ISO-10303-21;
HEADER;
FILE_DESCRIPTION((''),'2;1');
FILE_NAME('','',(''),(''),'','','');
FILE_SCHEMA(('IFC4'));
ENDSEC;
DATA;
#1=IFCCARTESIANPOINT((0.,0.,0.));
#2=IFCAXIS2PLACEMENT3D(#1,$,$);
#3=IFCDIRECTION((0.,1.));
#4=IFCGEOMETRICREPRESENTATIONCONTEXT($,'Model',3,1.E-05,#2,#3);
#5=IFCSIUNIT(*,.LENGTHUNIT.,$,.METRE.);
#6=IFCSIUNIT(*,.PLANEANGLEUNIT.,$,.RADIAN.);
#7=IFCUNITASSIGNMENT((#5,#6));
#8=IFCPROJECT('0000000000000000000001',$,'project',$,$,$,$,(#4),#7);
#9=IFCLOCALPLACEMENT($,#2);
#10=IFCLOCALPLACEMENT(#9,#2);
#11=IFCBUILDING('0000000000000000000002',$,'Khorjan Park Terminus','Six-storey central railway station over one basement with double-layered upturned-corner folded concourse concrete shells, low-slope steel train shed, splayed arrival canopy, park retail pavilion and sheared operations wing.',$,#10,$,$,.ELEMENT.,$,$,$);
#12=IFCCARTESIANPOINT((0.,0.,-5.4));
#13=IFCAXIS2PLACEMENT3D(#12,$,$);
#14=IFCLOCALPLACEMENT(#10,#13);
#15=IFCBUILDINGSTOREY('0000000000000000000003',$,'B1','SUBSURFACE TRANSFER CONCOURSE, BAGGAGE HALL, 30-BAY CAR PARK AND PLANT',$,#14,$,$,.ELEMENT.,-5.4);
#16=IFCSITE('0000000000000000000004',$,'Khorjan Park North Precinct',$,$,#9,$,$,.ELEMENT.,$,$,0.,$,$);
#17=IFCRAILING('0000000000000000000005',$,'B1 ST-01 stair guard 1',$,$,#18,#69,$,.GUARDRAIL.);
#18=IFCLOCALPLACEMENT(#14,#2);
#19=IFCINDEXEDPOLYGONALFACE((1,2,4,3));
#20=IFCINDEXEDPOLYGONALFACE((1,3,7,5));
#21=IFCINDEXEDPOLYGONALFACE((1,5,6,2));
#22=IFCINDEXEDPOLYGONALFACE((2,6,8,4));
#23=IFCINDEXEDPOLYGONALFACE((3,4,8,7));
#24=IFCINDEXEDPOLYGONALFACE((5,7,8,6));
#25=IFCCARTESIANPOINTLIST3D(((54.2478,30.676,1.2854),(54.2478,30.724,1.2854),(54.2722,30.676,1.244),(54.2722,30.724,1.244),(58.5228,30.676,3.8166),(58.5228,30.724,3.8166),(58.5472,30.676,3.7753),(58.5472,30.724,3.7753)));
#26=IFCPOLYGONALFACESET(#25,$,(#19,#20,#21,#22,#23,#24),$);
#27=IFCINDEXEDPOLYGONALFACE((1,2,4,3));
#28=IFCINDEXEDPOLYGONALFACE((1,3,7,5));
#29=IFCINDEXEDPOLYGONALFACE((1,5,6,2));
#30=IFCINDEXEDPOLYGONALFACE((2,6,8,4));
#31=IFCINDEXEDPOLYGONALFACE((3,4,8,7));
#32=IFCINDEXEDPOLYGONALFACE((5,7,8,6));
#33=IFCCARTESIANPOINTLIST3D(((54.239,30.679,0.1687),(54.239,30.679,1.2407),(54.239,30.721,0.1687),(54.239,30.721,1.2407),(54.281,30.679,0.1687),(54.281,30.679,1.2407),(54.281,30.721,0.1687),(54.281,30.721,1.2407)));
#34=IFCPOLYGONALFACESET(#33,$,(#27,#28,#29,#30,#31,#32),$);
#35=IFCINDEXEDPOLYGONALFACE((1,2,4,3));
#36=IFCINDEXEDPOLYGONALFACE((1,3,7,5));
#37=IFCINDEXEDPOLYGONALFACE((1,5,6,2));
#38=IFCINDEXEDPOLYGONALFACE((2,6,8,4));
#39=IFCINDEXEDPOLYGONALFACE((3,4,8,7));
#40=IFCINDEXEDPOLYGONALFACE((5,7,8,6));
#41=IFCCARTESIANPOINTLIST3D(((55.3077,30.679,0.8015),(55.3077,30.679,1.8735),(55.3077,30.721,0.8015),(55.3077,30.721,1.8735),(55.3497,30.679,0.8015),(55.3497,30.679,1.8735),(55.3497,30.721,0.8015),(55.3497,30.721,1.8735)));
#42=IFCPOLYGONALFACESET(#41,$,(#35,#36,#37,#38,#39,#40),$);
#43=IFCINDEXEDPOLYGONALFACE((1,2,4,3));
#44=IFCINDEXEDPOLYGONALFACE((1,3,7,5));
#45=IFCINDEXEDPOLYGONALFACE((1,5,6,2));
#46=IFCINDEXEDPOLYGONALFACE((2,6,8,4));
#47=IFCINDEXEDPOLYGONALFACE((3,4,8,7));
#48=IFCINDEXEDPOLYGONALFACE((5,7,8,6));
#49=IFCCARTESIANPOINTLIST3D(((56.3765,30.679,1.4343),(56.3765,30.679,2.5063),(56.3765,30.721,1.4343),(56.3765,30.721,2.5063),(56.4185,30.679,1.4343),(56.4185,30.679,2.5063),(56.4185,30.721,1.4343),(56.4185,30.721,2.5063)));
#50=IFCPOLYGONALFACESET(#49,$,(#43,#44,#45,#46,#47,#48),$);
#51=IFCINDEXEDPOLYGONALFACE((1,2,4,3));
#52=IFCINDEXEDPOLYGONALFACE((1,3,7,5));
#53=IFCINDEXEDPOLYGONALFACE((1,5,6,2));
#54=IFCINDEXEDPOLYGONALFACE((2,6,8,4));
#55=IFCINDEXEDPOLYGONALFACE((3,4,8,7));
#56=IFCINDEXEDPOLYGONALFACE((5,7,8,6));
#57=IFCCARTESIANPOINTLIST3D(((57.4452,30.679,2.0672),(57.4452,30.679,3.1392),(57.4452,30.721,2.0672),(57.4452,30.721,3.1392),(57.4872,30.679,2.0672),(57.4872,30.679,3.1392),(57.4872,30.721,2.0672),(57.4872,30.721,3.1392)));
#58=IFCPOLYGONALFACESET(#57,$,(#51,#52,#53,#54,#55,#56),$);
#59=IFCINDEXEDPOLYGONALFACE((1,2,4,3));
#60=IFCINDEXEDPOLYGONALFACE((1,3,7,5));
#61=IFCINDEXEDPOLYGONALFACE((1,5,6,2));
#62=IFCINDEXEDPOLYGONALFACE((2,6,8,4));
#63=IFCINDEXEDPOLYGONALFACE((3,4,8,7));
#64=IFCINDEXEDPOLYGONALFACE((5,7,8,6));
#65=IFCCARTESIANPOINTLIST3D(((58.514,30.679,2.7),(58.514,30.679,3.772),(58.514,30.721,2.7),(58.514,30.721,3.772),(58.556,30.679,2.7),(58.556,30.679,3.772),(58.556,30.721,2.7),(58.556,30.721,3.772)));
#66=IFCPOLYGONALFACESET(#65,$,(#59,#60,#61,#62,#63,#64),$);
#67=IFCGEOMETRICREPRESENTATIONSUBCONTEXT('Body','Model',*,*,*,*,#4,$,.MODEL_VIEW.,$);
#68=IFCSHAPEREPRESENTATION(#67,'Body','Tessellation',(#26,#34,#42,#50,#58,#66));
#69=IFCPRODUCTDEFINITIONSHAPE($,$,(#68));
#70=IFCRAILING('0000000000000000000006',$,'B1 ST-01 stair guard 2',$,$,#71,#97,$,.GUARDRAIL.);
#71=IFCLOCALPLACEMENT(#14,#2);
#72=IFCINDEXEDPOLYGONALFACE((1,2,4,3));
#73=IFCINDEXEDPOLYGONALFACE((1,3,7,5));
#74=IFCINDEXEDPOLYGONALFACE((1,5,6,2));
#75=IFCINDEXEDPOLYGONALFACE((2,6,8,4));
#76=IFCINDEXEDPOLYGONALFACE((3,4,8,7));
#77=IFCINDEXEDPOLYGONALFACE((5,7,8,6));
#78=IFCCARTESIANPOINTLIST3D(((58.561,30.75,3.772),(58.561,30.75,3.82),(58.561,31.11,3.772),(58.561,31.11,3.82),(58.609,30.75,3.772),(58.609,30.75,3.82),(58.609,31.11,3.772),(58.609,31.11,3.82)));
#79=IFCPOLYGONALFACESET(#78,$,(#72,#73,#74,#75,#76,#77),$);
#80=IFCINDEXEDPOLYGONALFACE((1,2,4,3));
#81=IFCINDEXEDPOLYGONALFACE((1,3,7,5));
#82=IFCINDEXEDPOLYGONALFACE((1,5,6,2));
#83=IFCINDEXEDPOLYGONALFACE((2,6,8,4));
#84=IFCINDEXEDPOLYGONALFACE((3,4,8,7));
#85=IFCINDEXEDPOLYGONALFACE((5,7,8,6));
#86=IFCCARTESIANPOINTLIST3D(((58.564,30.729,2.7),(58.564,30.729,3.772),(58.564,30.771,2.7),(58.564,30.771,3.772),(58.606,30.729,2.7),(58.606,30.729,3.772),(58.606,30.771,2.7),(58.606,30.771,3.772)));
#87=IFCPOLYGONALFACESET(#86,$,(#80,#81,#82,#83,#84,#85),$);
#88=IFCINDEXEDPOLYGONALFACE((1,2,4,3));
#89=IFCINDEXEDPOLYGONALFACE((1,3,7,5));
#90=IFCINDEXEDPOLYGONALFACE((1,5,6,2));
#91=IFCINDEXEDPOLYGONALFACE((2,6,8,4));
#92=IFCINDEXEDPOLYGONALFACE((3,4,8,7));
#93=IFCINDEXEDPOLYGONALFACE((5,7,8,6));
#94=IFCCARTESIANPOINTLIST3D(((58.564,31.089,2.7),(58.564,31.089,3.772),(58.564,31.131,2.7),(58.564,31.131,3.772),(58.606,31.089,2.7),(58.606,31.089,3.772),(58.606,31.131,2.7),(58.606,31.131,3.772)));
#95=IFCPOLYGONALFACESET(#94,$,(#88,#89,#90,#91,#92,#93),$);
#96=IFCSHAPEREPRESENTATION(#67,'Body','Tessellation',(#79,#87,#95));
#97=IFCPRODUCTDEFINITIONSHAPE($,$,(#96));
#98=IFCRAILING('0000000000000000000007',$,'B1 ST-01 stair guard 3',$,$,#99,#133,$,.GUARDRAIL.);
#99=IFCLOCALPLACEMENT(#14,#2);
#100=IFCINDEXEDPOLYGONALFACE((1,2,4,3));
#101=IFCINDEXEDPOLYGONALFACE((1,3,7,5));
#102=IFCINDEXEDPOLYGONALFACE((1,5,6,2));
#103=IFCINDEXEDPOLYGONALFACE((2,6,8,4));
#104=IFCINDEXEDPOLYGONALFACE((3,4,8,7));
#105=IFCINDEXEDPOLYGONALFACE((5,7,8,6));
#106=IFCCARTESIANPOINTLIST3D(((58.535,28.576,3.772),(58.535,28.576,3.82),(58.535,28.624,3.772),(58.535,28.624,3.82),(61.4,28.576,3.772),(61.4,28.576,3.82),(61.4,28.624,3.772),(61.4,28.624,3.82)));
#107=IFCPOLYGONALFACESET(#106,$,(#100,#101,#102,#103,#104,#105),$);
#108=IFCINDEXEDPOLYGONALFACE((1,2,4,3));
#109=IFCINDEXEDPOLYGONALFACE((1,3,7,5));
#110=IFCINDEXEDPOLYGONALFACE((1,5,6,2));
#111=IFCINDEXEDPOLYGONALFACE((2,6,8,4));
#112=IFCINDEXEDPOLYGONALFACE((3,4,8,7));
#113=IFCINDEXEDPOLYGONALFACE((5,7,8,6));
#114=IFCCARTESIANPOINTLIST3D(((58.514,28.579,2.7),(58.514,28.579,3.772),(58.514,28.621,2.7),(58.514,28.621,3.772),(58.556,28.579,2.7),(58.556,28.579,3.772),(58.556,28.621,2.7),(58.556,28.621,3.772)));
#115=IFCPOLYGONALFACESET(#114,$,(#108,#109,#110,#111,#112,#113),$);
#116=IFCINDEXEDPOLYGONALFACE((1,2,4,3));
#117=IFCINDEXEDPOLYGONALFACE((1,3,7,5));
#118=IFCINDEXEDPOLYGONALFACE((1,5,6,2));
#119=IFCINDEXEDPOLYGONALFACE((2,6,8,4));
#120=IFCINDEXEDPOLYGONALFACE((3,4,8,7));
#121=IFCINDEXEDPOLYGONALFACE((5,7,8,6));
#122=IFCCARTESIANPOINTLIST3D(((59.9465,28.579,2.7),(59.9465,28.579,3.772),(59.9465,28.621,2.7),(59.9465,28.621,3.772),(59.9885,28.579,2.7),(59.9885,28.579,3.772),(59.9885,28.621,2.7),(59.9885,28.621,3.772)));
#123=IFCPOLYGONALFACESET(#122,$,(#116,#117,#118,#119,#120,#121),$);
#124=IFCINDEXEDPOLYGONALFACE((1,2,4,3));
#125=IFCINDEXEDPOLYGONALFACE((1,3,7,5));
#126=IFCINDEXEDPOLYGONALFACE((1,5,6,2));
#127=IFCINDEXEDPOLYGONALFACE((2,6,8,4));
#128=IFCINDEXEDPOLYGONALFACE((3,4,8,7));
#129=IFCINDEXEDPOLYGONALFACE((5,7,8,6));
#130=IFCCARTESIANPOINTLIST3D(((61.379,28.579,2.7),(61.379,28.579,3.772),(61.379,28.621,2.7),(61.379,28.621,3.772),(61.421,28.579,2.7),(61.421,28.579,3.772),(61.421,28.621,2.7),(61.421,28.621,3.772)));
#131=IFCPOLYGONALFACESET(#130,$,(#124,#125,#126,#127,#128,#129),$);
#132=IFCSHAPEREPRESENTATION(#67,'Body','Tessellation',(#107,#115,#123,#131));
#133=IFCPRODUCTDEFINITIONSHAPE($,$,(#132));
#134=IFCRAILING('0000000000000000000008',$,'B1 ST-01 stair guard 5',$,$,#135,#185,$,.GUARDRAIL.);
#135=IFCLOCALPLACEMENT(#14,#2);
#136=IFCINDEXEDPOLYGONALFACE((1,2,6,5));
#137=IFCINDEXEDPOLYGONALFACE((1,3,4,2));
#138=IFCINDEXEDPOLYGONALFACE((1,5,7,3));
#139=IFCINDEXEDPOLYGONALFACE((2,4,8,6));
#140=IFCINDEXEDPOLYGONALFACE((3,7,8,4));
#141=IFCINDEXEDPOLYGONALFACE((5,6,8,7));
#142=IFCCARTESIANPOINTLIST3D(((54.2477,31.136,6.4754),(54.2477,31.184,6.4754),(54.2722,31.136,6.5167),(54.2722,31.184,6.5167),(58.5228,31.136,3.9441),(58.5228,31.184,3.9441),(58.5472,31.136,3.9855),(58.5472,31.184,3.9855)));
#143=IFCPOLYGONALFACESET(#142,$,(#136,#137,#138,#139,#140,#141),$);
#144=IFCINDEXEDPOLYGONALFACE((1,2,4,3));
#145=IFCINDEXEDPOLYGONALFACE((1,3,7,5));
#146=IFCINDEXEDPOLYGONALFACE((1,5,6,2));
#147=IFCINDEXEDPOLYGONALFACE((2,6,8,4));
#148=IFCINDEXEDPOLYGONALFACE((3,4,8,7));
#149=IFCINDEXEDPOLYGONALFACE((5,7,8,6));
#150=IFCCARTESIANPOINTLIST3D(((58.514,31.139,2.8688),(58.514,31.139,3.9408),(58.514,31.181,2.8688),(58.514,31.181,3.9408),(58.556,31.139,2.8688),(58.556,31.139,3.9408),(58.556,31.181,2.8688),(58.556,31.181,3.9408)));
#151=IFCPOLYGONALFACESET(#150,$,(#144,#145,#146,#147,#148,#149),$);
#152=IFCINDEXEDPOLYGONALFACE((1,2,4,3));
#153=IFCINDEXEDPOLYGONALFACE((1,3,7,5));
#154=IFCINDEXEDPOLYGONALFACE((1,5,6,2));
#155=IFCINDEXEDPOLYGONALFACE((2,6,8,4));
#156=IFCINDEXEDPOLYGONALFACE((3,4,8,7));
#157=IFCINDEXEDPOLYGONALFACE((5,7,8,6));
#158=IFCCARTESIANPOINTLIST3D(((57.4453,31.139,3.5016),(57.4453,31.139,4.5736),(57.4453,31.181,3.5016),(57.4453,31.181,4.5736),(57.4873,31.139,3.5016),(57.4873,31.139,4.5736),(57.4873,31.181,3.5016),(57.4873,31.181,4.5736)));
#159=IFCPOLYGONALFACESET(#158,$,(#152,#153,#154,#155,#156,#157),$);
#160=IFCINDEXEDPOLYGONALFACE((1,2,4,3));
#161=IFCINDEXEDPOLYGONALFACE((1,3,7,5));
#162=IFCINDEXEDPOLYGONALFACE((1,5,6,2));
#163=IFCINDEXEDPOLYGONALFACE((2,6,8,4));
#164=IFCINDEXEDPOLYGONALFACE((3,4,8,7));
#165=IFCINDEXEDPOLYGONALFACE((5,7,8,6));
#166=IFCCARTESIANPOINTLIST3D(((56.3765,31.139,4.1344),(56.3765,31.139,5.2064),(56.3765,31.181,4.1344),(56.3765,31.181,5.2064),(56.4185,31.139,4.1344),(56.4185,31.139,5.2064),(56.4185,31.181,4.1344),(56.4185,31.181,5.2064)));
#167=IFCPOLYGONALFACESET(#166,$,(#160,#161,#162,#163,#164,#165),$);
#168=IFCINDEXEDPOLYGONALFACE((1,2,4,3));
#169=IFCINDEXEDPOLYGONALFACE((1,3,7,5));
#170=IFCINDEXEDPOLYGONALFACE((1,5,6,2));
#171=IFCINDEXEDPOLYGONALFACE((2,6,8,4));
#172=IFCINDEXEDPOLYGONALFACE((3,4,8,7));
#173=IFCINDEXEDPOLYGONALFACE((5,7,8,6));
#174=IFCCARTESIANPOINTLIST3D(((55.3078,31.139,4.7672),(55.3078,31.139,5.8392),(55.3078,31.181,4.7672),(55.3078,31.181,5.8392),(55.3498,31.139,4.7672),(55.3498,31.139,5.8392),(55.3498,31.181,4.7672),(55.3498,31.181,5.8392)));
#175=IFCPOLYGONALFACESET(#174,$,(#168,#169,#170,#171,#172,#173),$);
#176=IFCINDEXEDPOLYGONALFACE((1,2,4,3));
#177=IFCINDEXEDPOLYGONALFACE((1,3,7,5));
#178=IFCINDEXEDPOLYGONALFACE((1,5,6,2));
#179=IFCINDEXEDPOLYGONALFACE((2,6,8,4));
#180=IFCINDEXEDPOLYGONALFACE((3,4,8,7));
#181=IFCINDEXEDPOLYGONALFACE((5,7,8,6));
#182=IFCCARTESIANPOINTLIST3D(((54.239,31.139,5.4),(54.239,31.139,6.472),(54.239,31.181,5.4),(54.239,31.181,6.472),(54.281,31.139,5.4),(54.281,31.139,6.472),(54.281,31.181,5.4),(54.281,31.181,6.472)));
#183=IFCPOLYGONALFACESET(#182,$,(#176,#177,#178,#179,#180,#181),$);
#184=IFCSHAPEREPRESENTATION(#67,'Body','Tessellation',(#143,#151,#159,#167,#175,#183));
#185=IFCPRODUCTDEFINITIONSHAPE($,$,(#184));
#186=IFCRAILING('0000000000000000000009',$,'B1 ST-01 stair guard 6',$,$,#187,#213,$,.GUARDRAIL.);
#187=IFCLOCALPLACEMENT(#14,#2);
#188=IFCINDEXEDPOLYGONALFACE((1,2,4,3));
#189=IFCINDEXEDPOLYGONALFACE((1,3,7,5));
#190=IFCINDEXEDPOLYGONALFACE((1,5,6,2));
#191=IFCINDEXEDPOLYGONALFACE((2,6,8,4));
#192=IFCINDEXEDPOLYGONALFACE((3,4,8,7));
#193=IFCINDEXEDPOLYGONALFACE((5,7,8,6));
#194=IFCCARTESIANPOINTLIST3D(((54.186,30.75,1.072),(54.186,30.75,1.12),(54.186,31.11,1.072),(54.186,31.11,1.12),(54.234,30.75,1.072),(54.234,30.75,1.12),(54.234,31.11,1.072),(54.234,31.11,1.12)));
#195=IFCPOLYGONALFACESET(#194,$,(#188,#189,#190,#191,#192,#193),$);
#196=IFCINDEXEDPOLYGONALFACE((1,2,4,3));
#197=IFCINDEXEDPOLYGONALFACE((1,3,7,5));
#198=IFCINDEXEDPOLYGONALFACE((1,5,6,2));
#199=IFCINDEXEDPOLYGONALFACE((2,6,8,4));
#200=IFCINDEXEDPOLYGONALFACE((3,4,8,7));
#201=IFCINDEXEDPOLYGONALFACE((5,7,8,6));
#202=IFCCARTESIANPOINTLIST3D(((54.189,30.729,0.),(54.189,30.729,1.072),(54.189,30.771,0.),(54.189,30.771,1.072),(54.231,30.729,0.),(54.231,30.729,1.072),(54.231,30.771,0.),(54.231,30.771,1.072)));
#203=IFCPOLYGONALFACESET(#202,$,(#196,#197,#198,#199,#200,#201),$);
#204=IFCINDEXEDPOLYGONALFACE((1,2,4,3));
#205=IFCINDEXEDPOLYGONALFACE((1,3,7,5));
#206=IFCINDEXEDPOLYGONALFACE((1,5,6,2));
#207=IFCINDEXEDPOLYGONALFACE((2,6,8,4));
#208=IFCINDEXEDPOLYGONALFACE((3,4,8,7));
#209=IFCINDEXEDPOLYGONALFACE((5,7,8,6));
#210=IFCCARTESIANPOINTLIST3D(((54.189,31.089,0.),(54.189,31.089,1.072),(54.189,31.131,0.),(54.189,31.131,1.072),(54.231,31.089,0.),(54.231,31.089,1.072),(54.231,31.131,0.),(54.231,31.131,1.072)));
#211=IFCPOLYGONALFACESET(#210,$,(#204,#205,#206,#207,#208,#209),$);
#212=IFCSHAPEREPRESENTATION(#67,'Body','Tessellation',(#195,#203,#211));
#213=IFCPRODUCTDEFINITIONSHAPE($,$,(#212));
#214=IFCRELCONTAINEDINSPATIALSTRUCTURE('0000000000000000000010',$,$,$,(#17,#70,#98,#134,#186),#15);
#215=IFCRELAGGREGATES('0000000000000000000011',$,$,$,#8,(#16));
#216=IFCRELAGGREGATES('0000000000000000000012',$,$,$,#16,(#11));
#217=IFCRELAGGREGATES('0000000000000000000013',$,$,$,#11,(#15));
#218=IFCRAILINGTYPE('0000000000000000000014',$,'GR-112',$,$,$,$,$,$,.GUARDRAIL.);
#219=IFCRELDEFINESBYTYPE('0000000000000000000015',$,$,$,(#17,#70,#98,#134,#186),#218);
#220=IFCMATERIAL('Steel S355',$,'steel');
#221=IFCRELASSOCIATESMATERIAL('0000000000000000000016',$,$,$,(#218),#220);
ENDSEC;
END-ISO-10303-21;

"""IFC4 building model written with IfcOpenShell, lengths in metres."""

from ifc_helpers import new_model, si_unit, direction, frame, origin, origin_2d, place, context, subcontext, project, spatial, rectangle, extrude, material, type_object, element, save


model = new_model("IFC4")

# Units and contexts
model_context = context("Model", 3, precision=1e-05, world=origin(), true_north=direction((0.0, 1.0)))
body_context = subcontext(model_context, "Body", "Model", "MODEL_VIEW")
ifc_project = project(units=[si_unit("LENGTHUNIT", "METRE"), si_unit("PLANEANGLEUNIT", "RADIAN")], contexts=[model_context])

# Site, building, storey
site_placement = place(None, origin())
site = spatial("IfcSite", under=ifc_project, at=site_placement, Name="Khorjan Park North Precinct", CompositionType="ELEMENT", RefElevation=0.0)
building_placement = place(site_placement, origin())
building = spatial("IfcBuilding", under=site, at=building_placement, Name="Khorjan Park Terminus", Description="Six-storey central railway station over one basement with double-layered upturned-corner folded concourse concrete shells, low-slope steel train shed, splayed arrival canopy, park retail pavilion and sheared operations wing.", CompositionType="ELEMENT")
storey_placement = place(building_placement, frame((0.0, 0.0, -5.4)))
storey = spatial("IfcBuildingStorey", under=building, at=storey_placement, Name="B1", Description="SUBSURFACE TRANSFER CONCOURSE, BAGGAGE HALL, 30-BAY CAR PARK AND PLANT", CompositionType="ELEMENT", Elevation=-5.4)

# Railings
ifc_material_1 = material(Name="Steel S355", Category="steel")
railing_type_1 = type_object("IfcRailingType", Name="GR-112", PredefinedType="GUARDRAIL", material=ifc_material_1)
railing_1_placement = place(storey_placement, frame((54.26, 30.7, 0.1687)))
element("IfcRailing", 1, at=railing_1_placement, inside=storey, type_object=railing_type_1, Name="B1 ST-01 stair guard 1", PredefinedType="GUARDRAIL", context=body_context, shape_type="SweptSolid", body=[
    extrude(rectangle(XDim=0.048, YDim=0.048, at=origin_2d()), frame((0.0, 0.0, 1.096), z_axis=(0.860471, 0.0, 0.509499), x_axis=(0.0, 1.0, 0.0)), (0.0, 0.0, 1.0), 4.9682),
    extrude(rectangle(XDim=0.042, YDim=0.042, at=origin_2d()), origin(), (0.0, 0.0, 1.0), 1.072),
    extrude(rectangle(XDim=0.042, YDim=0.042, at=origin_2d()), frame((1.0687, 0.0, 0.6328)), (0.0, 0.0, 1.0), 1.072),
    extrude(rectangle(XDim=0.042, YDim=0.042, at=origin_2d()), frame((2.1375, 0.0, 1.2656)), (0.0, 0.0, 1.0), 1.072),
    extrude(rectangle(XDim=0.042, YDim=0.042, at=origin_2d()), frame((3.2062, 0.0, 1.8985)), (0.0, 0.0, 1.0), 1.072),
    extrude(rectangle(XDim=0.042, YDim=0.042, at=origin_2d()), frame((4.275, 0.0, 2.5313)), (0.0, 0.0, 1.0), 1.072),
])
railing_2_placement = place(storey_placement, frame((58.585, 30.75, 2.7)))
element("IfcRailing", 2, at=railing_2_placement, inside=storey, type_object=railing_type_1, Name="B1 ST-01 stair guard 2", PredefinedType="GUARDRAIL", context=body_context, shape_type="SweptSolid", body=[
    extrude(rectangle(XDim=0.048, YDim=0.048, at=origin_2d()), frame((0.0, 0.0, 1.096), z_axis=(0.0, 1.0, 0.0), x_axis=(-1.0, 0.0, 0.0)), (0.0, 0.0, 1.0), 0.36),
    extrude(rectangle(XDim=0.042, YDim=0.042, at=origin_2d()), origin(), (0.0, 0.0, 1.0), 1.072),
    extrude(rectangle(XDim=0.042, YDim=0.042, at=origin_2d()), frame((0.0, 0.36, 0.0)), (0.0, 0.0, 1.0), 1.072),
])
railing_3_placement = place(storey_placement, frame((58.535, 28.6, 2.7)))
element("IfcRailing", 3, at=railing_3_placement, inside=storey, type_object=railing_type_1, Name="B1 ST-01 stair guard 3", PredefinedType="GUARDRAIL", context=body_context, shape_type="SweptSolid", body=[
    extrude(rectangle(XDim=0.048, YDim=0.048, at=origin_2d()), frame((0.0, 0.0, 1.096), z_axis=(1.0, 0.0, 0.0), x_axis=(0.0, 1.0, 0.0)), (0.0, 0.0, 1.0), 2.865),
    extrude(rectangle(XDim=0.042, YDim=0.042, at=origin_2d()), origin(), (0.0, 0.0, 1.0), 1.072),
    extrude(rectangle(XDim=0.042, YDim=0.042, at=origin_2d()), frame((1.4325, 0.0, 0.0)), (0.0, 0.0, 1.0), 1.072),
    extrude(rectangle(XDim=0.042, YDim=0.042, at=origin_2d()), frame((2.865, 0.0, 0.0)), (0.0, 0.0, 1.0), 1.072),
])
railing_4_placement = place(storey_placement, frame((58.535, 31.16, 2.8688)))
element("IfcRailing", 4, at=railing_4_placement, inside=storey, type_object=railing_type_1, Name="B1 ST-01 stair guard 5", PredefinedType="GUARDRAIL", context=body_context, shape_type="SweptSolid", body=[
    extrude(rectangle(XDim=0.048, YDim=0.048, at=origin_2d()), frame((0.0, 0.0, 1.096), z_axis=(-0.86048, 0.0, 0.509485), x_axis=(0.0, -1.0, 0.0)), (0.0, 0.0, 1.0), 4.9682),
    extrude(rectangle(XDim=0.042, YDim=0.042, at=origin_2d()), origin(), (0.0, 0.0, 1.0), 1.072),
    extrude(rectangle(XDim=0.042, YDim=0.042, at=origin_2d()), frame((-1.0687, 0.0, 0.6328)), (0.0, 0.0, 1.0), 1.072),
    extrude(rectangle(XDim=0.042, YDim=0.042, at=origin_2d()), frame((-2.1375, 0.0, 1.2656)), (0.0, 0.0, 1.0), 1.072),
    extrude(rectangle(XDim=0.042, YDim=0.042, at=origin_2d()), frame((-3.2062, 0.0, 1.8984)), (0.0, 0.0, 1.0), 1.072),
    extrude(rectangle(XDim=0.042, YDim=0.042, at=origin_2d()), frame((-4.275, 0.0, 2.5312)), (0.0, 0.0, 1.0), 1.072),
])
railing_5_placement = place(storey_placement, frame((54.21, 30.75, 0.0)))
element("IfcRailing", 5, at=railing_5_placement, inside=storey, type_object=railing_type_1, Name="B1 ST-01 stair guard 6", PredefinedType="GUARDRAIL", context=body_context, shape_type="SweptSolid", body=[
    extrude(rectangle(XDim=0.048, YDim=0.048, at=origin_2d()), frame((0.0, 0.0, 1.096), z_axis=(0.0, 1.0, 0.0), x_axis=(-1.0, 0.0, 0.0)), (0.0, 0.0, 1.0), 0.36),
    extrude(rectangle(XDim=0.042, YDim=0.042, at=origin_2d()), origin(), (0.0, 0.0, 1.0), 1.072),
    extrude(rectangle(XDim=0.042, YDim=0.042, at=origin_2d()), frame((0.0, 0.36, 0.0)), (0.0, 0.0, 1.0), 1.072),
])

save(model, "model.ifc")
